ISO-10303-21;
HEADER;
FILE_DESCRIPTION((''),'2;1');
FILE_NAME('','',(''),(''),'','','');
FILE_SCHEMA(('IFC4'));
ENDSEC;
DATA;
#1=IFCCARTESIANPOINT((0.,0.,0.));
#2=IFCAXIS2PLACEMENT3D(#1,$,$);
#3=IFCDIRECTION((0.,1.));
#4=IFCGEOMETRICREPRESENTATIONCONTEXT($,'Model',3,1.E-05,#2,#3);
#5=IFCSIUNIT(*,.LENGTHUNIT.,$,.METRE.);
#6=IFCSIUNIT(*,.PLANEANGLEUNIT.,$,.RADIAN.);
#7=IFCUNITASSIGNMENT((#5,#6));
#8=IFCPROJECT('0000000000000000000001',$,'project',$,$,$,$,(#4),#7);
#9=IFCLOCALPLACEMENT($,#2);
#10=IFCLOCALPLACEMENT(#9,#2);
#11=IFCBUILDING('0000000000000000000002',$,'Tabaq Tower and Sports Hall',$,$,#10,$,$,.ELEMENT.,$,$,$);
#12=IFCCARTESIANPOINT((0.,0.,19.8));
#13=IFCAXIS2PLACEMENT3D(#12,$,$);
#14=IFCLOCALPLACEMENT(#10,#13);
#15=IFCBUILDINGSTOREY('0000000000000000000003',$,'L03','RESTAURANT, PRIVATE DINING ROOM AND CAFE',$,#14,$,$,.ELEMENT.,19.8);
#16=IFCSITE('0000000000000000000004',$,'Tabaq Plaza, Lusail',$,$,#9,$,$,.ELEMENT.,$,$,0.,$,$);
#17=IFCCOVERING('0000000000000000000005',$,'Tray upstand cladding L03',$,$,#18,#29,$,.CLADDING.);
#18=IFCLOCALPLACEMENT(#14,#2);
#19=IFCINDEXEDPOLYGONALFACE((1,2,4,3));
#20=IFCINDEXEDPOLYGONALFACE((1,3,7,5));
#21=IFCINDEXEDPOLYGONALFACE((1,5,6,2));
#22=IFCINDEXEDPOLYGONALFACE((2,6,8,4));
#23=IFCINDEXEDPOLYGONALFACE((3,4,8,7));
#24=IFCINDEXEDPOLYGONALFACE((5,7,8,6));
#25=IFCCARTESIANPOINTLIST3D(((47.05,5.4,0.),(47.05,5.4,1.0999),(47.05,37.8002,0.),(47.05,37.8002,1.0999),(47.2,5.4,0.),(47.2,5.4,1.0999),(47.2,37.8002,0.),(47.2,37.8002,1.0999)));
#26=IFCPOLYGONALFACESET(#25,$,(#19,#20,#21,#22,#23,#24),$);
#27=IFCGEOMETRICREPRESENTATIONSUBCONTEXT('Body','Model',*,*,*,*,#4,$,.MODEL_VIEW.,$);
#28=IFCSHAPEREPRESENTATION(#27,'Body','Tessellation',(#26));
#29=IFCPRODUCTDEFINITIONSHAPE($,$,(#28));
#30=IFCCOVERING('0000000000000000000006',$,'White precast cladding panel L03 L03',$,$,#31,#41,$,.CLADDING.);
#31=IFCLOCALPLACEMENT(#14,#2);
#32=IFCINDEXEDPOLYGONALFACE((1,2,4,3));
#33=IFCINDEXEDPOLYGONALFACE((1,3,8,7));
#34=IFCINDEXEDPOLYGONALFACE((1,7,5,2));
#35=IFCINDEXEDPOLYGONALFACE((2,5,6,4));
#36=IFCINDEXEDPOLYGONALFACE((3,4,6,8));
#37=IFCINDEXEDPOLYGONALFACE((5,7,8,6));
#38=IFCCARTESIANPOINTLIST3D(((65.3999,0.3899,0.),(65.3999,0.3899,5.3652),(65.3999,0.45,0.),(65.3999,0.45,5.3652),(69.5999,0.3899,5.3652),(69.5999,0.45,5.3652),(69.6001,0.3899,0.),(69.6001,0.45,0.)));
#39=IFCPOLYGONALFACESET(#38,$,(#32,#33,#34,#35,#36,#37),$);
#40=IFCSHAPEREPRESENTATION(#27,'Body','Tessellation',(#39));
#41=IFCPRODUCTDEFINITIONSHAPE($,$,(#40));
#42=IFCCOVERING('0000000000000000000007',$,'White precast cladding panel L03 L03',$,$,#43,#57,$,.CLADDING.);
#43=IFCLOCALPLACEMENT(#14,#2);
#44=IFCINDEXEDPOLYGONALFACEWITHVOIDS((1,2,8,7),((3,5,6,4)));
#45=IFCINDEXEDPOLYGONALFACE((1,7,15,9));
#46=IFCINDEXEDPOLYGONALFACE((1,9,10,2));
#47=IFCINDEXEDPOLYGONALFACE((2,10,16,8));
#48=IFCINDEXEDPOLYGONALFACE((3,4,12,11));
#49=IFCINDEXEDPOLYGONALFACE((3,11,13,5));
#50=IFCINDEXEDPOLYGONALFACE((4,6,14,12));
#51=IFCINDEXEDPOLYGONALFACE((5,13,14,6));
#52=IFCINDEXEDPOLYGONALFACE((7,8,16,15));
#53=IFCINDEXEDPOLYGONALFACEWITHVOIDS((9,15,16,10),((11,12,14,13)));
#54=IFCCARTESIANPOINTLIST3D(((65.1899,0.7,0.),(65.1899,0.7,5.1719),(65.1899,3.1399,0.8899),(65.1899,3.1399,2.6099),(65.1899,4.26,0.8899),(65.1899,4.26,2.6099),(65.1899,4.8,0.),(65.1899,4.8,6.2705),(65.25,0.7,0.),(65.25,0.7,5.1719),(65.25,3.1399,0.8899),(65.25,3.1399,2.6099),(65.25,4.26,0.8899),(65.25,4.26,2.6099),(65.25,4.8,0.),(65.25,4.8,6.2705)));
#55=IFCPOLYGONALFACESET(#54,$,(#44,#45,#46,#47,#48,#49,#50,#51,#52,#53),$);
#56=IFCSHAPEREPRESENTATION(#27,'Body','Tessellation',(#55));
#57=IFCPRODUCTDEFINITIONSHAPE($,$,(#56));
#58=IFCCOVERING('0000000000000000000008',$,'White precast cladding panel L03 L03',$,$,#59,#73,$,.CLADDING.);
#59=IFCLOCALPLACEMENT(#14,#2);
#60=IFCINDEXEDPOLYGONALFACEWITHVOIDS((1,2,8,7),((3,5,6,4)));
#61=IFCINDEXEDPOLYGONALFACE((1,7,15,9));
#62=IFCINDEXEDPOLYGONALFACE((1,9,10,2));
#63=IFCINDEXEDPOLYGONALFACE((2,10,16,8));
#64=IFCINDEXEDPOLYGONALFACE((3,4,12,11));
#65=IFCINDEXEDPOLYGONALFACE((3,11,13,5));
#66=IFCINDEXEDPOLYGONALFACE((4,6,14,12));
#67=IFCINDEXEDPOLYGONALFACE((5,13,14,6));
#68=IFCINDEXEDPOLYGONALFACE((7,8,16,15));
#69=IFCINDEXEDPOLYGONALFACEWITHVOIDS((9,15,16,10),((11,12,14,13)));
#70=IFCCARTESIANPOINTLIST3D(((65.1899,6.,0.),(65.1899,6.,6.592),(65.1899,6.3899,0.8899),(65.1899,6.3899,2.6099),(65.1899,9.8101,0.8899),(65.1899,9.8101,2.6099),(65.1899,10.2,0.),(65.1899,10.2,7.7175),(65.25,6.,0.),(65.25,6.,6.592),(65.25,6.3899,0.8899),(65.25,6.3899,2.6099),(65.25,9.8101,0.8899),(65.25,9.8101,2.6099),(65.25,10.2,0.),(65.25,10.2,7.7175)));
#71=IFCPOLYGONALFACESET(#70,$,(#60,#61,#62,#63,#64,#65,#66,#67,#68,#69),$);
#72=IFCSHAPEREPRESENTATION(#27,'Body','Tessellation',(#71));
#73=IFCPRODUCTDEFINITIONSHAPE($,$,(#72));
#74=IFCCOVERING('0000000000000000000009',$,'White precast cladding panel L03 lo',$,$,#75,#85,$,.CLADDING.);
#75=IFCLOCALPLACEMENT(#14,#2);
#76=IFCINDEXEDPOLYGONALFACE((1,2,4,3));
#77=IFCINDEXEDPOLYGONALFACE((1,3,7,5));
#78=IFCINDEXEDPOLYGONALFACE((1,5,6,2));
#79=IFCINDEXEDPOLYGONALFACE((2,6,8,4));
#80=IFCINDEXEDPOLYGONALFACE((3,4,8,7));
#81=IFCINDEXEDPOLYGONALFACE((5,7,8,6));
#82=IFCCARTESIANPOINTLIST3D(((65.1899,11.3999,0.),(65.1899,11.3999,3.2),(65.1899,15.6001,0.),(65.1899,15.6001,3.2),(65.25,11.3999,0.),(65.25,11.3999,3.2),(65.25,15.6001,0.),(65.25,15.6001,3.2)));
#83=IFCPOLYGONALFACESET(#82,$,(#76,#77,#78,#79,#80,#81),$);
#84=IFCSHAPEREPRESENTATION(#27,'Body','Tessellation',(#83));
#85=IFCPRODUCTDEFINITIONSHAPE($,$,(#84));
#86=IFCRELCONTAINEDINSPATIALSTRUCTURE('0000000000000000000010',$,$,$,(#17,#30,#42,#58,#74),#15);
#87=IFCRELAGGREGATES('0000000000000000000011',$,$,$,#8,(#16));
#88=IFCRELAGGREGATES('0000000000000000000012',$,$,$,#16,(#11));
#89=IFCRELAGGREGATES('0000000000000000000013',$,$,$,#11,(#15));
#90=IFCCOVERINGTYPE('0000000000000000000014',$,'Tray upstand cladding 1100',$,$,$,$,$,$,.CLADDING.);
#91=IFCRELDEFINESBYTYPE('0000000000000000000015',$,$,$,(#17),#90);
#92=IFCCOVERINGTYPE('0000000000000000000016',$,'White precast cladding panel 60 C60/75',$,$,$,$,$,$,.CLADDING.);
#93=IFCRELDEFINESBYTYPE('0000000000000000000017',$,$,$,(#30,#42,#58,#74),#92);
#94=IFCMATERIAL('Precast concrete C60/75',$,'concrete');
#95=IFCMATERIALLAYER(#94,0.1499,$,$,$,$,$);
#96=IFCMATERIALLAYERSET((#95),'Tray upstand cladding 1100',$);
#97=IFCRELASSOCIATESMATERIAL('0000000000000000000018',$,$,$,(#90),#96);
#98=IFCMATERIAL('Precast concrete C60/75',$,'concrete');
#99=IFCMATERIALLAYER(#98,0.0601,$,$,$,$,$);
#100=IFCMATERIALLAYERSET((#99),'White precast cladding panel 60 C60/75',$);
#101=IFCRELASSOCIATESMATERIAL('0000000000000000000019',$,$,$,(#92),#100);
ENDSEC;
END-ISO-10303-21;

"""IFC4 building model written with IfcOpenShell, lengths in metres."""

from ifc_helpers import new_model, si_unit, direction, frame, frame_2d, origin, place, context, subcontext, project, spatial, polyline, rectangle, outline, extrude, material, layer, layer_set, type_object, element, save


model = new_model("IFC4")

# Units and contexts
model_context = context("Model", 3, precision=1e-05, world=origin(), true_north=direction((0.0, 1.0)))
body_context = subcontext(model_context, "Body", "Model", "MODEL_VIEW")
ifc_project = project(units=[si_unit("LENGTHUNIT", "METRE"), si_unit("PLANEANGLEUNIT", "RADIAN")], contexts=[model_context])

# Site, building, storey
site_placement = place(None, origin())
site = spatial("IfcSite", under=ifc_project, at=site_placement, Name="Tabaq Plaza, Lusail", CompositionType="ELEMENT", RefElevation=0.0)
building_placement = place(site_placement, origin())
building = spatial("IfcBuilding", under=site, at=building_placement, Name="Tabaq Tower and Sports Hall", CompositionType="ELEMENT")
storey_placement = place(building_placement, frame((0.0, 0.0, 19.8)))
storey = spatial("IfcBuildingStorey", under=building, at=storey_placement, Name="L03", Description="RESTAURANT, PRIVATE DINING ROOM AND CAFE", CompositionType="ELEMENT", Elevation=19.8)

# Coverings
ifc_material_1 = material(Name="Precast concrete C60/75", Category="concrete")
ifc_layer_1 = layer(ifc_material_1, 0.1499)
ifc_layer_set_1 = layer_set([ifc_layer_1], Name="Tray upstand cladding 1100")
covering_type_1 = type_object("IfcCoveringType", Name="Tray upstand cladding 1100", PredefinedType="CLADDING", material=ifc_layer_set_1)
covering_1_placement = place(storey_placement, frame((47.125, 5.3999, 0.0), z_axis=(0.0, 0.0, 1.0), x_axis=(0.0, 1.0, 0.0)))
element("IfcCovering", 1, at=covering_1_placement, inside=storey, type_object=covering_type_1, Name="Tray upstand cladding L03", PredefinedType="CLADDING", context=body_context, shape_type="SweptSolid", body=[
    extrude(rectangle(XDim=32.4001, YDim=0.1499, at=frame_2d((16.2002, 0.0))), origin(), (0.0, 0.0, 1.0), 1.0999),
])
ifc_material_2 = material(Name="Precast concrete C60/75", Category="concrete")
ifc_layer_2 = layer(ifc_material_2, 0.0601)
ifc_layer_set_2 = layer_set([ifc_layer_2], Name="White precast cladding panel 60 C60/75")
covering_type_2 = type_object("IfcCoveringType", Name="White precast cladding panel 60 C60/75", PredefinedType="CLADDING", material=ifc_layer_set_2)
covering_2_placement = place(storey_placement, frame((65.3999, 0.4199, 0.0), z_axis=(0.0, 0.0, 1.0), x_axis=(1.0, 0.0, 0.0)))
element("IfcCovering", 2, at=covering_2_placement, inside=storey, type_object=covering_type_2, Name="White precast cladding panel L03 L03", PredefinedType="CLADDING", context=body_context, shape_type="SweptSolid", body=[
    extrude(outline(polyline([(0.0, 0.0), (4.2002, 0.0), (4.2, 5.3652), (0.0, 5.3652), (0.0, 0.0)])), frame((0.0, 0.03, 0.0), z_axis=(0.0, -1.0, 0.0), x_axis=(1.0, 0.0, 0.0)), (0.0, 0.0, 1.0), 0.0601),
])
covering_3_placement = place(storey_placement, frame((65.22, 0.7, 0.0), z_axis=(0.0, 0.0, 1.0), x_axis=(0.0, 1.0, 0.0)))
element("IfcCovering", 3, at=covering_3_placement, inside=storey, type_object=covering_type_2, Name="White precast cladding panel L03 L03", PredefinedType="CLADDING", context=body_context, shape_type="SweptSolid", body=[
    extrude(outline(polyline([(0.0, 0.0), (4.1001, 0.0), (4.1001, 6.2705), (0.0, 5.1719), (0.0, 0.0)]), holes=[polyline([(2.4399, 0.8899), (2.4399, 2.6099), (3.5601, 2.6099), (3.5601, 0.8899), (2.4399, 0.8899)])]), frame((0.0, 0.03, 0.0), z_axis=(0.0, -1.0, 0.0), x_axis=(1.0, 0.0, 0.0)), (0.0, 0.0, 1.0), 0.0601),
])
covering_4_placement = place(storey_placement, frame((65.22, 6.0, 0.0), z_axis=(0.0, 0.0, 1.0), x_axis=(0.0, 1.0, 0.0)))
element("IfcCovering", 4, at=covering_4_placement, inside=storey, type_object=covering_type_2, Name="White precast cladding panel L03 L03", PredefinedType="CLADDING", context=body_context, shape_type="SweptSolid", body=[
    extrude(outline(polyline([(0.0, 0.0), (4.2, 0.0), (4.2, 7.7175), (0.0, 6.592), (0.0, 0.0)]), holes=[polyline([(0.3899, 0.8899), (0.3899, 2.6099), (3.8101, 2.6099), (3.8101, 0.8899), (0.3899, 0.8899)])]), frame((0.0, 0.03, 0.0), z_axis=(0.0, -1.0, 0.0), x_axis=(1.0, 0.0, 0.0)), (0.0, 0.0, 1.0), 0.0601),
])
covering_5_placement = place(storey_placement, frame((65.22, 11.3999, 0.0), z_axis=(0.0, 0.0, 1.0), x_axis=(0.0, 1.0, 0.0)))
element("IfcCovering", 5, at=covering_5_placement, inside=storey, type_object=covering_type_2, Name="White precast cladding panel L03 lo", PredefinedType="CLADDING", context=body_context, shape_type="SweptSolid", body=[
    extrude(rectangle(XDim=4.2002, YDim=0.0601, at=frame_2d((2.1001, 0.0))), origin(), (0.0, 0.0, 1.0), 3.2),
])

save(model, "model.ifc")
